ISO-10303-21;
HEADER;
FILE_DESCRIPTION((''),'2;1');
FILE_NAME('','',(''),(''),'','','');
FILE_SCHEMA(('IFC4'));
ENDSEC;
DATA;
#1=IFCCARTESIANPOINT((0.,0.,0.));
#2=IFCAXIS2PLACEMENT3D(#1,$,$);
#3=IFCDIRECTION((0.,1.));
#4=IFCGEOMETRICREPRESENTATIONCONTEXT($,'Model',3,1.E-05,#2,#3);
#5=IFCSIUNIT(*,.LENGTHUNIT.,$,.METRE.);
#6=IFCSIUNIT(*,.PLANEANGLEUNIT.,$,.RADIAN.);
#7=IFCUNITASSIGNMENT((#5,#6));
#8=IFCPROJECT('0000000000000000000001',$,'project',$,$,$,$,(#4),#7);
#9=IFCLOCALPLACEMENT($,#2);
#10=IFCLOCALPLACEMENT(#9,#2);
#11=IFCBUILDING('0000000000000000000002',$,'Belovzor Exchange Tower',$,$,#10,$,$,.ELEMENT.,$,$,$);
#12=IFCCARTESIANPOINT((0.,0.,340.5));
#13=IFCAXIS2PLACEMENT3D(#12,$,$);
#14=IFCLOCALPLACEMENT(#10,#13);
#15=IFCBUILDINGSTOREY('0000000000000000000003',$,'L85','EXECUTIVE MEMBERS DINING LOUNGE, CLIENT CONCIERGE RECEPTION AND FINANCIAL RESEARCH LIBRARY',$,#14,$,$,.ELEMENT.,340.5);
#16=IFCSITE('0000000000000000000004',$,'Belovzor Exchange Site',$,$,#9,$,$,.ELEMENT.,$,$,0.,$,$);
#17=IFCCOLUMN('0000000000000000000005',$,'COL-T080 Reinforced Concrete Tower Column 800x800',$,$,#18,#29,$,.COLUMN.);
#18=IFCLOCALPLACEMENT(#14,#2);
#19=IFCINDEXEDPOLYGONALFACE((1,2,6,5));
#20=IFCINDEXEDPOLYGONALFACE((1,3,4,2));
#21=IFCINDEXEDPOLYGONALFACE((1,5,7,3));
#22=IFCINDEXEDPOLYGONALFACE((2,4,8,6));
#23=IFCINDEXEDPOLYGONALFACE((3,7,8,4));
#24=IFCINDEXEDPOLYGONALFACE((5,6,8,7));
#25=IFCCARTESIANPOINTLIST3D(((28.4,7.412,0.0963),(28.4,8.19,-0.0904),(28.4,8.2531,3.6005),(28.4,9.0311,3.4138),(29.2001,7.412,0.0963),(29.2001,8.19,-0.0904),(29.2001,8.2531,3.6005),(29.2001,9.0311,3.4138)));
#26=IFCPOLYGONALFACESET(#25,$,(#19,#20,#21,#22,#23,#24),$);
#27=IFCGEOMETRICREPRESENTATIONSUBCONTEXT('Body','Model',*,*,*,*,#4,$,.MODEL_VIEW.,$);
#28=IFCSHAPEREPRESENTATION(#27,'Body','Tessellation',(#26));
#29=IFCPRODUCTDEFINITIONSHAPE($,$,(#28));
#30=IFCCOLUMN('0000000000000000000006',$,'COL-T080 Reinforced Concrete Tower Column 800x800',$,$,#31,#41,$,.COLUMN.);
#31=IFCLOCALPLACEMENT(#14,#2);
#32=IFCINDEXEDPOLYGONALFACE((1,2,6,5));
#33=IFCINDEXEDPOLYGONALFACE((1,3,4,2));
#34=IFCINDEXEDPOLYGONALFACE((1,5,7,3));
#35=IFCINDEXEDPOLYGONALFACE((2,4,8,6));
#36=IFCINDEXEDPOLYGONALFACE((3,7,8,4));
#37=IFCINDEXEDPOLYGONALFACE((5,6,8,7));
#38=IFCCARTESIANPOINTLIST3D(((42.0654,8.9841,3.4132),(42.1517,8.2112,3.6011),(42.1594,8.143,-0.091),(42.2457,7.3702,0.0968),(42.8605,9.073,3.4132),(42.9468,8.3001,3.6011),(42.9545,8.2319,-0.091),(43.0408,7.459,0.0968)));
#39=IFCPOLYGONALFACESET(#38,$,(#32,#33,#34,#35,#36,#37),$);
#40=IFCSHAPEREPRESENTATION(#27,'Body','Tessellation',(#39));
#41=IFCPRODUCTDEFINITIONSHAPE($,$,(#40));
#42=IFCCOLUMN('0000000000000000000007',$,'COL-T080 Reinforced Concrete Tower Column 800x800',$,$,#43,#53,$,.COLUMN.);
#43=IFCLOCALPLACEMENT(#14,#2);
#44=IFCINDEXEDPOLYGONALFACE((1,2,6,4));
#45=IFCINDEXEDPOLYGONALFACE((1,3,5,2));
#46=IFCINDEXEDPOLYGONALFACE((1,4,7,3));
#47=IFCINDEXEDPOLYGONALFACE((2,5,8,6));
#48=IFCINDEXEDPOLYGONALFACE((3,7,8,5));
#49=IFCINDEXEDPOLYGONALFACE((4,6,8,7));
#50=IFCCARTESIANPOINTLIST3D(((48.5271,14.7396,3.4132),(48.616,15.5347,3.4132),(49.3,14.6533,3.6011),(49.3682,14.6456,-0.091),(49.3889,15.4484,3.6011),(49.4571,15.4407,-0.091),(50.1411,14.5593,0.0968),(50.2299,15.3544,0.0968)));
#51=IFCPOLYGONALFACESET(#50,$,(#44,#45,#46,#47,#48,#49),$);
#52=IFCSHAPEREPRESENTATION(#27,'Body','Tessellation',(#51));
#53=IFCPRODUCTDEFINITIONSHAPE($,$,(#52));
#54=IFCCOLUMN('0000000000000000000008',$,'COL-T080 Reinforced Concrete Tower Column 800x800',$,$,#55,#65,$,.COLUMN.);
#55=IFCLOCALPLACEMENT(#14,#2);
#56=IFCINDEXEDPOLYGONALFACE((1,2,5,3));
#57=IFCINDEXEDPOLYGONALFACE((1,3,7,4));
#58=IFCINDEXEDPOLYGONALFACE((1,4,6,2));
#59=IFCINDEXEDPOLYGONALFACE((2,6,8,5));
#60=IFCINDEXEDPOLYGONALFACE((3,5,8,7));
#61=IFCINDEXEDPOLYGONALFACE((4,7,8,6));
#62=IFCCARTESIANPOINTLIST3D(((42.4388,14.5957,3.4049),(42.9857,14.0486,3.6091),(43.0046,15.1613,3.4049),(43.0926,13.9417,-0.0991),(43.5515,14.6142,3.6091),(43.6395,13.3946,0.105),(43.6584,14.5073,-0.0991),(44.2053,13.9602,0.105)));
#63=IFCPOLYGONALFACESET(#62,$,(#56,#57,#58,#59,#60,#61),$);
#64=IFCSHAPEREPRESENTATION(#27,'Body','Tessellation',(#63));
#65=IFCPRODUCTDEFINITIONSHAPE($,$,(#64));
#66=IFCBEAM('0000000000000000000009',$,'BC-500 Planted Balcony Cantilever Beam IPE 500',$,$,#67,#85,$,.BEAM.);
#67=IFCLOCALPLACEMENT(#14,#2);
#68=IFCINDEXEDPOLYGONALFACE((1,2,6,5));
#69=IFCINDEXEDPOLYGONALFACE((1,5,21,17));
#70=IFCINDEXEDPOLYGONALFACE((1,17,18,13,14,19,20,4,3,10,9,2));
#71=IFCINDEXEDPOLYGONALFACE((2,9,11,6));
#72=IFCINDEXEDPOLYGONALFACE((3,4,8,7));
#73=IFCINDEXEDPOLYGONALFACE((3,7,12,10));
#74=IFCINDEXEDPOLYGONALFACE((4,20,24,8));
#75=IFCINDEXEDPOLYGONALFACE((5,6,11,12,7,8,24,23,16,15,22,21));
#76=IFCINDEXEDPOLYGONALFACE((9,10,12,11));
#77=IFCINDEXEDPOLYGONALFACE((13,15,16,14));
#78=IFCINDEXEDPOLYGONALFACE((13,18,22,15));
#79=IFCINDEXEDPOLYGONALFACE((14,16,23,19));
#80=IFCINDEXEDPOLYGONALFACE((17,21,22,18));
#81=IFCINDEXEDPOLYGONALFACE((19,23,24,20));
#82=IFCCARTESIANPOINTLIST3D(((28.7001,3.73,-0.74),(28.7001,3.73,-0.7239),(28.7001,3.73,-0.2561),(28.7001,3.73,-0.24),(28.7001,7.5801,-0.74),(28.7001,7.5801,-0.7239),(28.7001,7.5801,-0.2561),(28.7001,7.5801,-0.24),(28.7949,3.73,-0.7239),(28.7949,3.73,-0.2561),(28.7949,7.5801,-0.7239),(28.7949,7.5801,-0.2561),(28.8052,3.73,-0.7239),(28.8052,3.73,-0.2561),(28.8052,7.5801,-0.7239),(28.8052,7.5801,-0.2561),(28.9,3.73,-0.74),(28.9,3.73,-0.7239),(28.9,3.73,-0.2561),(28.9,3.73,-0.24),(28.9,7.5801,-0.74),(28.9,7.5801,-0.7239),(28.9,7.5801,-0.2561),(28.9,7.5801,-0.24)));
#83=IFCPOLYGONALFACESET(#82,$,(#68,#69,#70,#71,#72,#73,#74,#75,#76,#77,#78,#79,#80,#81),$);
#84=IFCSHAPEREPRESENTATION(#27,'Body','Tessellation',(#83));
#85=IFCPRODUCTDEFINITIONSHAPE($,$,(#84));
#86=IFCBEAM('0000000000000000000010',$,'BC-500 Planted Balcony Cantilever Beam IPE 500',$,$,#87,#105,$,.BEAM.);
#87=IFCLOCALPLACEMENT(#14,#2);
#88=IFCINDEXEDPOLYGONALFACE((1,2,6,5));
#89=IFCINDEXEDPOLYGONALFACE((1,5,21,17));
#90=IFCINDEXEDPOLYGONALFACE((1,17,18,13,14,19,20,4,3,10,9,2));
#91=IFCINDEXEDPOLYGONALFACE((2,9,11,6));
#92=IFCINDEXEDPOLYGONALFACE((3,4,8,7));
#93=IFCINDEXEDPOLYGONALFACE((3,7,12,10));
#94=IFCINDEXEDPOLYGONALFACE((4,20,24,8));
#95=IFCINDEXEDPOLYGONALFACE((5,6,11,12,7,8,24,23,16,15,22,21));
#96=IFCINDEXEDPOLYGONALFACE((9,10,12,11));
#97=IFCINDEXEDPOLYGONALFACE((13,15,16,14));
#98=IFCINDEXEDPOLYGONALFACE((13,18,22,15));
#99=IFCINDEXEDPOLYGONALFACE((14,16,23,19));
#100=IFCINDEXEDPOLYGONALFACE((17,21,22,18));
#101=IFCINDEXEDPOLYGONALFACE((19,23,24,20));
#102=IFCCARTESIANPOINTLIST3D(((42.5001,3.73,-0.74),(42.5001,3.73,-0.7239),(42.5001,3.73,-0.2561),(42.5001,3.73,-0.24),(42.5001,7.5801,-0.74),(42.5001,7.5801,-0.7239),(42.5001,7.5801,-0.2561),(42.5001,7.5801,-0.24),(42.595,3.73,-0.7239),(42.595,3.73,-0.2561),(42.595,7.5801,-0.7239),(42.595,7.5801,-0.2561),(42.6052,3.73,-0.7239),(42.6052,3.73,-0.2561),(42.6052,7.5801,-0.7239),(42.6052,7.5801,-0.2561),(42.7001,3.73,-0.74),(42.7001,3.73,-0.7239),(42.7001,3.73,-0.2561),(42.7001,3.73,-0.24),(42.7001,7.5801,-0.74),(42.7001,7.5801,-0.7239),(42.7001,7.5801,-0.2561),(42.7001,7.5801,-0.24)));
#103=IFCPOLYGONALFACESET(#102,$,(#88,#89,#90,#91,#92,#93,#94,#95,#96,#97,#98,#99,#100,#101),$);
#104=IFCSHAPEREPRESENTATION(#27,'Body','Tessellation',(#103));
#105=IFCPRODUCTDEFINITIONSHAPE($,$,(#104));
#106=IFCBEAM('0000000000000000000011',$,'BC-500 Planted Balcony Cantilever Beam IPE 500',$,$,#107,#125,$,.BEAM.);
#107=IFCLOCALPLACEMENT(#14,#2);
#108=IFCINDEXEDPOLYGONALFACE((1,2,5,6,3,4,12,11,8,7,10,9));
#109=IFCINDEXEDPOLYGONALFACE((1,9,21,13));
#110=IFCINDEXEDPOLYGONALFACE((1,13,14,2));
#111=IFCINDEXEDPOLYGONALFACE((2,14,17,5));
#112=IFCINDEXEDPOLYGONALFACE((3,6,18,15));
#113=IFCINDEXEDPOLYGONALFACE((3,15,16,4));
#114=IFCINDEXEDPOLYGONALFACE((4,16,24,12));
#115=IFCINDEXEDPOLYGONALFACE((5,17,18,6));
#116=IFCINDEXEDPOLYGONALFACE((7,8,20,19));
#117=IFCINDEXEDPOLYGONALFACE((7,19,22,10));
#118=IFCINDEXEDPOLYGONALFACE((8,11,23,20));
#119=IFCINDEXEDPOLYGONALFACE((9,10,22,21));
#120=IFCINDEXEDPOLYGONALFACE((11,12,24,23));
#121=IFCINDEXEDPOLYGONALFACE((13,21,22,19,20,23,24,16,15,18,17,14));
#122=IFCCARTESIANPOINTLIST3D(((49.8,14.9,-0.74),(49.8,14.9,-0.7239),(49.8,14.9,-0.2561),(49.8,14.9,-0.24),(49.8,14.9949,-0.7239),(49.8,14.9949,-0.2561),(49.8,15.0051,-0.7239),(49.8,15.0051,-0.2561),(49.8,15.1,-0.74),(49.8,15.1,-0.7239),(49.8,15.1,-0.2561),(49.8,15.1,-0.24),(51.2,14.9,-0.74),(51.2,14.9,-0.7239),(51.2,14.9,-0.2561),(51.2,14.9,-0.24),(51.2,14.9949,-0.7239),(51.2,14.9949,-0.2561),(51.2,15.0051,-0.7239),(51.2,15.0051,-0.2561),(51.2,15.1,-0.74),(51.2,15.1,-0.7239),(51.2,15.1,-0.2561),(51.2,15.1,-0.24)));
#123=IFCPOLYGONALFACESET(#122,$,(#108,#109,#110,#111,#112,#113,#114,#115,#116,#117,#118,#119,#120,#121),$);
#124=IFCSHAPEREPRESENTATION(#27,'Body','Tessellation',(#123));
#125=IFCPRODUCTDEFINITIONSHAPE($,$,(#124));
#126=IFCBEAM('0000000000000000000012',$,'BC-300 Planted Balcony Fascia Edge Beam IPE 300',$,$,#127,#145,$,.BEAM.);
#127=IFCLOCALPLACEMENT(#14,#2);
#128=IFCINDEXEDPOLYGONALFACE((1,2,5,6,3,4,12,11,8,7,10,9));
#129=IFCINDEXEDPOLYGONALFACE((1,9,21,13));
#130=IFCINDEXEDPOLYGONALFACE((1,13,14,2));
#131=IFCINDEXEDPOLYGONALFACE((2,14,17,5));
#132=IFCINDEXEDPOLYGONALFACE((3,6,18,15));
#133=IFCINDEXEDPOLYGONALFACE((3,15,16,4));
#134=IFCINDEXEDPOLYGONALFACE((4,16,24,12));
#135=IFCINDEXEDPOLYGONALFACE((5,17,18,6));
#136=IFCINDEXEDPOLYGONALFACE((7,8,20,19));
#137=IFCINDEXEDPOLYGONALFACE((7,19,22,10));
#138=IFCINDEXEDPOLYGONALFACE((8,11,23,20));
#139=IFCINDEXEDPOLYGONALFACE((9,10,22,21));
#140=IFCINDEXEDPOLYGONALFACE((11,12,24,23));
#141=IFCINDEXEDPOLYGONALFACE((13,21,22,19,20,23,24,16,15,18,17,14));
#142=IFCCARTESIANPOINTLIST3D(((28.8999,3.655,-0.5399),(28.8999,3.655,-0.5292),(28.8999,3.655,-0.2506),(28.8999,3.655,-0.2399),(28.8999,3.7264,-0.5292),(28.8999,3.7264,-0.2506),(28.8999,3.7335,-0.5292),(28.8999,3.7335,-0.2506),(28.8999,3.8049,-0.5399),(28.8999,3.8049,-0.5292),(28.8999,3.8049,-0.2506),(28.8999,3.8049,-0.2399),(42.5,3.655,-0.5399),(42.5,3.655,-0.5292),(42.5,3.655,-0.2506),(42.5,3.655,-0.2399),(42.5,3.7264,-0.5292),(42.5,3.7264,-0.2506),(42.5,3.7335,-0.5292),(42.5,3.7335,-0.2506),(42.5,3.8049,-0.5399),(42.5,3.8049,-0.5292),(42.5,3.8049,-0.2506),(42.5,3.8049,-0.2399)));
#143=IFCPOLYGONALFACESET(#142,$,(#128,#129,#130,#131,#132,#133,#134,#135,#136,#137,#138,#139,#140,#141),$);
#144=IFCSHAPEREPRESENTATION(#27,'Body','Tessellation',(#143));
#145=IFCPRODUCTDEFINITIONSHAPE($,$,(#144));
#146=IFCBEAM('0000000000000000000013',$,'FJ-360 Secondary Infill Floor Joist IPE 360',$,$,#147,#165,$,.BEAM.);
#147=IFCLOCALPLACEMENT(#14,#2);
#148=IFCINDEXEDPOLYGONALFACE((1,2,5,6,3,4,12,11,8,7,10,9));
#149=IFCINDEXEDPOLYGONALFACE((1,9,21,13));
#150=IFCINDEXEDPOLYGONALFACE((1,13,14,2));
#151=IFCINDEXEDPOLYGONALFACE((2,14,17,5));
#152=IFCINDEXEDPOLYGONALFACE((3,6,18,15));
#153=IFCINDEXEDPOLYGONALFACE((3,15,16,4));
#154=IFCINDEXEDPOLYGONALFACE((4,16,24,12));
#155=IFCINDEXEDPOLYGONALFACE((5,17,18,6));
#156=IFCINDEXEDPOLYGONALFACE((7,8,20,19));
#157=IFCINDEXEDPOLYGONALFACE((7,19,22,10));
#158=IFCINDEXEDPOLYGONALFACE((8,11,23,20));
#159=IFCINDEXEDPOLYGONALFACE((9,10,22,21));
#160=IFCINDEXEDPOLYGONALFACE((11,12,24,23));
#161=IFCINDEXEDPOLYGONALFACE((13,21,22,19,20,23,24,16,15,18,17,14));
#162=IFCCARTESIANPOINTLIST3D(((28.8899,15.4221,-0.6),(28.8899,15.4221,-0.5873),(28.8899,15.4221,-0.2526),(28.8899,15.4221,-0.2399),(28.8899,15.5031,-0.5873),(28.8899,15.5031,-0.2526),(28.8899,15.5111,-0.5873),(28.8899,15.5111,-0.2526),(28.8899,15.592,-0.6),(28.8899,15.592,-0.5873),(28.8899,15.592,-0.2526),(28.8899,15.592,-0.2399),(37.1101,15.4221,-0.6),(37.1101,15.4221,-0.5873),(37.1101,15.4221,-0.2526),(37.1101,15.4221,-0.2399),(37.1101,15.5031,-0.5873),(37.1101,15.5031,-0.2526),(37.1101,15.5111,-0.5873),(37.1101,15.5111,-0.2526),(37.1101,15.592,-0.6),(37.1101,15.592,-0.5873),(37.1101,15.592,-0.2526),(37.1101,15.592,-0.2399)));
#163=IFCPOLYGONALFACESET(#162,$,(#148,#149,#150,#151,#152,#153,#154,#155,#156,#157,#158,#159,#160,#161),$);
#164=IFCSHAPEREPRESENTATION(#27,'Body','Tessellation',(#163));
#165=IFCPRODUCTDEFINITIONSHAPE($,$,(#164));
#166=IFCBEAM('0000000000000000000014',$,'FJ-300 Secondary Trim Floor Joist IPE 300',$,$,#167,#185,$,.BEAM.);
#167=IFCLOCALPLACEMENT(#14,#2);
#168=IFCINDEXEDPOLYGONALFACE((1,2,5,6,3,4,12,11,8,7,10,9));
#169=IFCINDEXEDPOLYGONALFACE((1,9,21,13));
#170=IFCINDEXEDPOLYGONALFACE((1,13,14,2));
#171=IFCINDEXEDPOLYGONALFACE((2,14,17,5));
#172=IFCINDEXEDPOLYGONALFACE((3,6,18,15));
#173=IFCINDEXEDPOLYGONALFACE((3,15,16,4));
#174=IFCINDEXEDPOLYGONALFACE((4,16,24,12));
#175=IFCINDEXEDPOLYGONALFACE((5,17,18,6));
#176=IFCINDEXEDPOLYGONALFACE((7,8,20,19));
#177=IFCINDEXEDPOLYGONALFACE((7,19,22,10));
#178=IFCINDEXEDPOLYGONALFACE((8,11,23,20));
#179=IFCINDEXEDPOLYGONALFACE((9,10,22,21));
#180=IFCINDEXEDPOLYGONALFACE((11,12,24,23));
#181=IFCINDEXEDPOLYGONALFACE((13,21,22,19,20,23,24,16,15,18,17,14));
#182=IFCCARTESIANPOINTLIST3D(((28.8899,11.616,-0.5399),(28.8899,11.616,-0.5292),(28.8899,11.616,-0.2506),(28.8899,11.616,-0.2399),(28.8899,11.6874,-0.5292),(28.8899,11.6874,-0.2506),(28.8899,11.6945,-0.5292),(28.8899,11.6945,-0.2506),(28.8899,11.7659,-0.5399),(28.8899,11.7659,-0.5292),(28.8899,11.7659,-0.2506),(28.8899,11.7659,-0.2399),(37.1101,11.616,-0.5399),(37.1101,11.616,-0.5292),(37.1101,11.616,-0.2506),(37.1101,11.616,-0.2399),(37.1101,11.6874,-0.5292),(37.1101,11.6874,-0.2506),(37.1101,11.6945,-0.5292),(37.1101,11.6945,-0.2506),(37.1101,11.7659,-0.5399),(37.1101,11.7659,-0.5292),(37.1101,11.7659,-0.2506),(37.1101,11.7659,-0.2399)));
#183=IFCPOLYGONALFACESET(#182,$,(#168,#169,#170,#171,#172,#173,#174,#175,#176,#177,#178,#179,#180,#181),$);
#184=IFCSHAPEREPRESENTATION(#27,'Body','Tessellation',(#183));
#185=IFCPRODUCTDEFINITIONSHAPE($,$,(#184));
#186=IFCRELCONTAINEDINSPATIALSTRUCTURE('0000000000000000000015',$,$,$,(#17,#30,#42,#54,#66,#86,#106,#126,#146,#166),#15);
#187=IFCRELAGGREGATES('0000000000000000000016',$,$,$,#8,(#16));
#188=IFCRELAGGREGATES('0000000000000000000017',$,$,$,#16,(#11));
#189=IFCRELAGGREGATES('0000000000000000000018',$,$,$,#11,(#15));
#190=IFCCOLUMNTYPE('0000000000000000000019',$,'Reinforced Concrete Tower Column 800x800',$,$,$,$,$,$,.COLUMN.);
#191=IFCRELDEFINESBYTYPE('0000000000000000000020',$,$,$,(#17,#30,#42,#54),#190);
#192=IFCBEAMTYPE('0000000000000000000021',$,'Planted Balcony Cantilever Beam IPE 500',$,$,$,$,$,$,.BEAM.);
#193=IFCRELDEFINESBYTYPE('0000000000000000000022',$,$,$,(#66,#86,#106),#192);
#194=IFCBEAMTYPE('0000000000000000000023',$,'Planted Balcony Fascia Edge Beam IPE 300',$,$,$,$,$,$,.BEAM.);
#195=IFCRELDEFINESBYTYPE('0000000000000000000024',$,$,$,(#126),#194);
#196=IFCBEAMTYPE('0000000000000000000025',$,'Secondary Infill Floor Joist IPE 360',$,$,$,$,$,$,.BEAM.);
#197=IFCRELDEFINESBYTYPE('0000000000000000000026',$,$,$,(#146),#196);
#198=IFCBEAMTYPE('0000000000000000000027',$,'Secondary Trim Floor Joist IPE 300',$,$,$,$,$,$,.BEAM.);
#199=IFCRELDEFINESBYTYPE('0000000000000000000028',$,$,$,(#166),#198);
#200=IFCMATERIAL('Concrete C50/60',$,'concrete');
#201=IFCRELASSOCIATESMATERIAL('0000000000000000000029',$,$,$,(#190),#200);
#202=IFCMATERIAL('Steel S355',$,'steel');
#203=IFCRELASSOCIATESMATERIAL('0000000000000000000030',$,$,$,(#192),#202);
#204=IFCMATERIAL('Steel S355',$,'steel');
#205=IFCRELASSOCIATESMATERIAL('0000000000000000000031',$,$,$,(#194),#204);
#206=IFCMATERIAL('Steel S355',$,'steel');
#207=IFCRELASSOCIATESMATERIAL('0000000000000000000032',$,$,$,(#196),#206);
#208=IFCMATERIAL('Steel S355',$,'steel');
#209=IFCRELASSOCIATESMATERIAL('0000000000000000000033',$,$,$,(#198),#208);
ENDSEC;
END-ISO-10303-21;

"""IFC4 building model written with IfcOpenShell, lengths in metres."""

from ifc_helpers import new_model, si_unit, direction, frame, origin, origin_2d, place, context, subcontext, project, spatial, rectangle, i_section, extrude, material, material_profile, profile_set, type_object, element, save


model = new_model("IFC4")

# Units and contexts
model_context = context("Model", 3, precision=1e-05, world=origin(), true_north=direction((0.0, 1.0)))
body_context = subcontext(model_context, "Body", "Model", "MODEL_VIEW")
ifc_project = project(units=[si_unit("LENGTHUNIT", "METRE"), si_unit("PLANEANGLEUNIT", "RADIAN")], contexts=[model_context])

# Site, building, storey
site_placement = place(None, origin())
site = spatial("IfcSite", under=ifc_project, at=site_placement, Name="Belovzor Exchange Site", CompositionType="ELEMENT", RefElevation=0.0)
building_placement = place(site_placement, origin())
building = spatial("IfcBuilding", under=site, at=building_placement, Name="Belovzor Exchange Tower", CompositionType="ELEMENT")
storey_placement = place(building_placement, frame((0.0, 0.0, 340.5)))
storey = spatial("IfcBuildingStorey", under=building, at=storey_placement, Name="L85", Description="EXECUTIVE MEMBERS DINING LOUNGE, CLIENT CONCIERGE RECEPTION AND FINANCIAL RESEARCH LIBRARY", CompositionType="ELEMENT", Elevation=340.5)

# Columns
ifc_material_1 = material(Name="Concrete C50/60", Category="concrete")
ifc_material_profile_1 = material_profile(ifc_material_1, rectangle(XDim=0.8, YDim=0.8, at=origin_2d()))
ifc_profile_set_1 = profile_set([ifc_material_profile_1], Name="Concrete C50/60")
column_type = type_object("IfcColumnType", Name="Reinforced Concrete Tower Column 800x800", PredefinedType="COLUMN", material=ifc_profile_set_1)
column_1_placement = place(storey_placement, frame((28.8, 7.801, 0.0029), z_axis=(0.0, 0.233391, 0.972383), x_axis=(-1.0, 0.0, 0.0)))
element("IfcColumn", 1, at=column_1_placement, inside=storey, type_object=column_type, Name="COL-T080 Reinforced Concrete Tower Column 800x800", PredefinedType="COLUMN", context=body_context, shape_type="SweptSolid", body=[
    extrude(rectangle(XDim=0.8, YDim=0.8, at=origin_2d()), origin(), (0.0, 0.0, 1.0), 3.6038),
])
for number, where, z_axis, x_axis, name in (
    (2, (42.6001, 7.801, 0.0029), (-0.026074, 0.233312, 0.972052), (-0.993813, -0.111065, 0.0), "COL-T080 Reinforced Concrete Tower Column 800x800"),
    (3, (49.7991, 15.0, 0.0029), (-0.233312, 0.026074, 0.972052), (-0.111065, -0.993813, 0.0), "COL-T080 Reinforced Concrete Tower Column 800x800"),
):
    element("IfcColumn", number, at=place(storey_placement, frame(where, z_axis=z_axis, x_axis=x_axis)), inside=storey, type_object=column_type, Name=name, PredefinedType="COLUMN", context=body_context, shape_type="SweptSolid", body=[
        extrude(rectangle(XDim=0.8, YDim=0.8, at=origin_2d()), origin(), (0.0, 0.0, 1.0), 3.605),
    ])
column_2_placement = place(storey_placement, frame((43.6489, 13.9509, 0.0029), z_axis=(-0.180404, 0.180472, 0.966894), x_axis=(-0.707239, -0.706975, 0.0)))
element("IfcColumn", 4, at=column_2_placement, inside=storey, type_object=column_type, Name="COL-T080 Reinforced Concrete Tower Column 800x800", PredefinedType="COLUMN", context=body_context, shape_type="SweptSolid", body=[
    extrude(rectangle(XDim=0.8, YDim=0.8, at=origin_2d()), origin(), (0.0, 0.0, 1.0), 3.624),
])

# Beams
ifc_material_2 = material(Name="Steel S355", Category="steel")
ifc_material_profile_2 = material_profile(ifc_material_2, i_section(OverallWidth=0.2, OverallDepth=0.5, WebThickness=0.0103, FlangeThickness=0.0161, at=origin_2d()))
ifc_profile_set_2 = profile_set([ifc_material_profile_2], Name="Steel S355")
beam_type_1 = type_object("IfcBeamType", Name="Planted Balcony Cantilever Beam IPE 500", PredefinedType="BEAM", material=ifc_profile_set_2)
for number, where, z_axis, x_axis, name in (
    (5, (28.8, 7.5801, -0.49), (0.0, -1.0, 0.0), (1.0, 0.0, 0.0), "BC-500 Planted Balcony Cantilever Beam IPE 500"),
    (6, (42.6001, 7.5801, -0.49), (0.0, -1.0, 0.0), (1.0, 0.0, 0.0), "BC-500 Planted Balcony Cantilever Beam IPE 500"),
):
    element("IfcBeam", number, at=place(storey_placement, frame(where, z_axis=z_axis, x_axis=x_axis)), inside=storey, type_object=beam_type_1, Name=name, PredefinedType="BEAM", context=body_context, shape_type="SweptSolid", body=[
        extrude(i_section(OverallWidth=0.2, OverallDepth=0.5, WebThickness=0.0103, FlangeThickness=0.0161, at=origin_2d()), origin(), (0.0, 0.0, 1.0), 3.8501),
    ])
beam_1_placement = place(storey_placement, frame((49.8, 15.0, -0.49), z_axis=(1.0, 0.0, 0.0), x_axis=(0.0, 1.0, 0.0)))
element("IfcBeam", 7, at=beam_1_placement, inside=storey, type_object=beam_type_1, Name="BC-500 Planted Balcony Cantilever Beam IPE 500", PredefinedType="BEAM", context=body_context, shape_type="SweptSolid", body=[
    extrude(i_section(OverallWidth=0.2, OverallDepth=0.5, WebThickness=0.0103, FlangeThickness=0.0161, at=origin_2d()), origin(), (0.0, 0.0, 1.0), 1.3999),
])
ifc_material_3 = material(Name="Steel S355", Category="steel")
ifc_material_profile_3 = material_profile(ifc_material_3, i_section(OverallWidth=0.1499, OverallDepth=0.3, WebThickness=0.0071, FlangeThickness=0.0107, at=origin_2d()))
ifc_profile_set_3 = profile_set([ifc_material_profile_3], Name="Steel S355")
beam_type_2 = type_object("IfcBeamType", Name="Planted Balcony Fascia Edge Beam IPE 300", PredefinedType="BEAM", material=ifc_profile_set_3)
beam_2_placement = place(storey_placement, frame((28.8999, 3.73, -0.3899), z_axis=(1.0, 0.0, 0.0), x_axis=(0.0, 1.0, 0.0)))
element("IfcBeam", 8, at=beam_2_placement, inside=storey, type_object=beam_type_2, Name="BC-300 Planted Balcony Fascia Edge Beam IPE 300", PredefinedType="BEAM", context=body_context, shape_type="SweptSolid", body=[
    extrude(i_section(OverallWidth=0.1499, OverallDepth=0.3, WebThickness=0.0071, FlangeThickness=0.0107, at=origin_2d()), origin(), (0.0, 0.0, 1.0), 13.6001),
])
ifc_material_4 = material(Name="Steel S355", Category="steel")
ifc_material_profile_4 = material_profile(ifc_material_4, i_section(OverallWidth=0.1699, OverallDepth=0.3601, WebThickness=0.0081, FlangeThickness=0.0127, at=origin_2d()))
ifc_profile_set_4 = profile_set([ifc_material_profile_4], Name="Steel S355")
beam_type_3 = type_object("IfcBeamType", Name="Secondary Infill Floor Joist IPE 360", PredefinedType="BEAM", material=ifc_profile_set_4)
beam_3_placement = place(storey_placement, frame((28.8899, 15.5071, -0.4199), z_axis=(1.0, 0.0, 0.0), x_axis=(0.0, 1.0, 0.0)))
element("IfcBeam", 9, at=beam_3_placement, inside=storey, type_object=beam_type_3, Name="FJ-360 Secondary Infill Floor Joist IPE 360", PredefinedType="BEAM", context=body_context, shape_type="SweptSolid", body=[
    extrude(i_section(OverallWidth=0.1699, OverallDepth=0.3601, WebThickness=0.0081, FlangeThickness=0.0127, at=origin_2d()), origin(), (0.0, 0.0, 1.0), 8.2202),
])
ifc_material_5 = material(Name="Steel S355", Category="steel")
ifc_material_profile_5 = material_profile(ifc_material_5, i_section(OverallWidth=0.1499, OverallDepth=0.3, WebThickness=0.0071, FlangeThickness=0.0107, at=origin_2d()))
ifc_profile_set_5 = profile_set([ifc_material_profile_5], Name="Steel S355")
beam_type_4 = type_object("IfcBeamType", Name="Secondary Trim Floor Joist IPE 300", PredefinedType="BEAM", material=ifc_profile_set_5)
beam_4_placement = place(storey_placement, frame((28.8899, 11.6909, -0.3899), z_axis=(1.0, 0.0, 0.0), x_axis=(0.0, 1.0, 0.0)))
element("IfcBeam", 10, at=beam_4_placement, inside=storey, type_object=beam_type_4, Name="FJ-300 Secondary Trim Floor Joist IPE 300", PredefinedType="BEAM", context=body_context, shape_type="SweptSolid", body=[
    extrude(i_section(OverallWidth=0.1499, OverallDepth=0.3, WebThickness=0.0071, FlangeThickness=0.0107, at=origin_2d()), origin(), (0.0, 0.0, 1.0), 8.2202),
])

save(model, "model.ifc")
